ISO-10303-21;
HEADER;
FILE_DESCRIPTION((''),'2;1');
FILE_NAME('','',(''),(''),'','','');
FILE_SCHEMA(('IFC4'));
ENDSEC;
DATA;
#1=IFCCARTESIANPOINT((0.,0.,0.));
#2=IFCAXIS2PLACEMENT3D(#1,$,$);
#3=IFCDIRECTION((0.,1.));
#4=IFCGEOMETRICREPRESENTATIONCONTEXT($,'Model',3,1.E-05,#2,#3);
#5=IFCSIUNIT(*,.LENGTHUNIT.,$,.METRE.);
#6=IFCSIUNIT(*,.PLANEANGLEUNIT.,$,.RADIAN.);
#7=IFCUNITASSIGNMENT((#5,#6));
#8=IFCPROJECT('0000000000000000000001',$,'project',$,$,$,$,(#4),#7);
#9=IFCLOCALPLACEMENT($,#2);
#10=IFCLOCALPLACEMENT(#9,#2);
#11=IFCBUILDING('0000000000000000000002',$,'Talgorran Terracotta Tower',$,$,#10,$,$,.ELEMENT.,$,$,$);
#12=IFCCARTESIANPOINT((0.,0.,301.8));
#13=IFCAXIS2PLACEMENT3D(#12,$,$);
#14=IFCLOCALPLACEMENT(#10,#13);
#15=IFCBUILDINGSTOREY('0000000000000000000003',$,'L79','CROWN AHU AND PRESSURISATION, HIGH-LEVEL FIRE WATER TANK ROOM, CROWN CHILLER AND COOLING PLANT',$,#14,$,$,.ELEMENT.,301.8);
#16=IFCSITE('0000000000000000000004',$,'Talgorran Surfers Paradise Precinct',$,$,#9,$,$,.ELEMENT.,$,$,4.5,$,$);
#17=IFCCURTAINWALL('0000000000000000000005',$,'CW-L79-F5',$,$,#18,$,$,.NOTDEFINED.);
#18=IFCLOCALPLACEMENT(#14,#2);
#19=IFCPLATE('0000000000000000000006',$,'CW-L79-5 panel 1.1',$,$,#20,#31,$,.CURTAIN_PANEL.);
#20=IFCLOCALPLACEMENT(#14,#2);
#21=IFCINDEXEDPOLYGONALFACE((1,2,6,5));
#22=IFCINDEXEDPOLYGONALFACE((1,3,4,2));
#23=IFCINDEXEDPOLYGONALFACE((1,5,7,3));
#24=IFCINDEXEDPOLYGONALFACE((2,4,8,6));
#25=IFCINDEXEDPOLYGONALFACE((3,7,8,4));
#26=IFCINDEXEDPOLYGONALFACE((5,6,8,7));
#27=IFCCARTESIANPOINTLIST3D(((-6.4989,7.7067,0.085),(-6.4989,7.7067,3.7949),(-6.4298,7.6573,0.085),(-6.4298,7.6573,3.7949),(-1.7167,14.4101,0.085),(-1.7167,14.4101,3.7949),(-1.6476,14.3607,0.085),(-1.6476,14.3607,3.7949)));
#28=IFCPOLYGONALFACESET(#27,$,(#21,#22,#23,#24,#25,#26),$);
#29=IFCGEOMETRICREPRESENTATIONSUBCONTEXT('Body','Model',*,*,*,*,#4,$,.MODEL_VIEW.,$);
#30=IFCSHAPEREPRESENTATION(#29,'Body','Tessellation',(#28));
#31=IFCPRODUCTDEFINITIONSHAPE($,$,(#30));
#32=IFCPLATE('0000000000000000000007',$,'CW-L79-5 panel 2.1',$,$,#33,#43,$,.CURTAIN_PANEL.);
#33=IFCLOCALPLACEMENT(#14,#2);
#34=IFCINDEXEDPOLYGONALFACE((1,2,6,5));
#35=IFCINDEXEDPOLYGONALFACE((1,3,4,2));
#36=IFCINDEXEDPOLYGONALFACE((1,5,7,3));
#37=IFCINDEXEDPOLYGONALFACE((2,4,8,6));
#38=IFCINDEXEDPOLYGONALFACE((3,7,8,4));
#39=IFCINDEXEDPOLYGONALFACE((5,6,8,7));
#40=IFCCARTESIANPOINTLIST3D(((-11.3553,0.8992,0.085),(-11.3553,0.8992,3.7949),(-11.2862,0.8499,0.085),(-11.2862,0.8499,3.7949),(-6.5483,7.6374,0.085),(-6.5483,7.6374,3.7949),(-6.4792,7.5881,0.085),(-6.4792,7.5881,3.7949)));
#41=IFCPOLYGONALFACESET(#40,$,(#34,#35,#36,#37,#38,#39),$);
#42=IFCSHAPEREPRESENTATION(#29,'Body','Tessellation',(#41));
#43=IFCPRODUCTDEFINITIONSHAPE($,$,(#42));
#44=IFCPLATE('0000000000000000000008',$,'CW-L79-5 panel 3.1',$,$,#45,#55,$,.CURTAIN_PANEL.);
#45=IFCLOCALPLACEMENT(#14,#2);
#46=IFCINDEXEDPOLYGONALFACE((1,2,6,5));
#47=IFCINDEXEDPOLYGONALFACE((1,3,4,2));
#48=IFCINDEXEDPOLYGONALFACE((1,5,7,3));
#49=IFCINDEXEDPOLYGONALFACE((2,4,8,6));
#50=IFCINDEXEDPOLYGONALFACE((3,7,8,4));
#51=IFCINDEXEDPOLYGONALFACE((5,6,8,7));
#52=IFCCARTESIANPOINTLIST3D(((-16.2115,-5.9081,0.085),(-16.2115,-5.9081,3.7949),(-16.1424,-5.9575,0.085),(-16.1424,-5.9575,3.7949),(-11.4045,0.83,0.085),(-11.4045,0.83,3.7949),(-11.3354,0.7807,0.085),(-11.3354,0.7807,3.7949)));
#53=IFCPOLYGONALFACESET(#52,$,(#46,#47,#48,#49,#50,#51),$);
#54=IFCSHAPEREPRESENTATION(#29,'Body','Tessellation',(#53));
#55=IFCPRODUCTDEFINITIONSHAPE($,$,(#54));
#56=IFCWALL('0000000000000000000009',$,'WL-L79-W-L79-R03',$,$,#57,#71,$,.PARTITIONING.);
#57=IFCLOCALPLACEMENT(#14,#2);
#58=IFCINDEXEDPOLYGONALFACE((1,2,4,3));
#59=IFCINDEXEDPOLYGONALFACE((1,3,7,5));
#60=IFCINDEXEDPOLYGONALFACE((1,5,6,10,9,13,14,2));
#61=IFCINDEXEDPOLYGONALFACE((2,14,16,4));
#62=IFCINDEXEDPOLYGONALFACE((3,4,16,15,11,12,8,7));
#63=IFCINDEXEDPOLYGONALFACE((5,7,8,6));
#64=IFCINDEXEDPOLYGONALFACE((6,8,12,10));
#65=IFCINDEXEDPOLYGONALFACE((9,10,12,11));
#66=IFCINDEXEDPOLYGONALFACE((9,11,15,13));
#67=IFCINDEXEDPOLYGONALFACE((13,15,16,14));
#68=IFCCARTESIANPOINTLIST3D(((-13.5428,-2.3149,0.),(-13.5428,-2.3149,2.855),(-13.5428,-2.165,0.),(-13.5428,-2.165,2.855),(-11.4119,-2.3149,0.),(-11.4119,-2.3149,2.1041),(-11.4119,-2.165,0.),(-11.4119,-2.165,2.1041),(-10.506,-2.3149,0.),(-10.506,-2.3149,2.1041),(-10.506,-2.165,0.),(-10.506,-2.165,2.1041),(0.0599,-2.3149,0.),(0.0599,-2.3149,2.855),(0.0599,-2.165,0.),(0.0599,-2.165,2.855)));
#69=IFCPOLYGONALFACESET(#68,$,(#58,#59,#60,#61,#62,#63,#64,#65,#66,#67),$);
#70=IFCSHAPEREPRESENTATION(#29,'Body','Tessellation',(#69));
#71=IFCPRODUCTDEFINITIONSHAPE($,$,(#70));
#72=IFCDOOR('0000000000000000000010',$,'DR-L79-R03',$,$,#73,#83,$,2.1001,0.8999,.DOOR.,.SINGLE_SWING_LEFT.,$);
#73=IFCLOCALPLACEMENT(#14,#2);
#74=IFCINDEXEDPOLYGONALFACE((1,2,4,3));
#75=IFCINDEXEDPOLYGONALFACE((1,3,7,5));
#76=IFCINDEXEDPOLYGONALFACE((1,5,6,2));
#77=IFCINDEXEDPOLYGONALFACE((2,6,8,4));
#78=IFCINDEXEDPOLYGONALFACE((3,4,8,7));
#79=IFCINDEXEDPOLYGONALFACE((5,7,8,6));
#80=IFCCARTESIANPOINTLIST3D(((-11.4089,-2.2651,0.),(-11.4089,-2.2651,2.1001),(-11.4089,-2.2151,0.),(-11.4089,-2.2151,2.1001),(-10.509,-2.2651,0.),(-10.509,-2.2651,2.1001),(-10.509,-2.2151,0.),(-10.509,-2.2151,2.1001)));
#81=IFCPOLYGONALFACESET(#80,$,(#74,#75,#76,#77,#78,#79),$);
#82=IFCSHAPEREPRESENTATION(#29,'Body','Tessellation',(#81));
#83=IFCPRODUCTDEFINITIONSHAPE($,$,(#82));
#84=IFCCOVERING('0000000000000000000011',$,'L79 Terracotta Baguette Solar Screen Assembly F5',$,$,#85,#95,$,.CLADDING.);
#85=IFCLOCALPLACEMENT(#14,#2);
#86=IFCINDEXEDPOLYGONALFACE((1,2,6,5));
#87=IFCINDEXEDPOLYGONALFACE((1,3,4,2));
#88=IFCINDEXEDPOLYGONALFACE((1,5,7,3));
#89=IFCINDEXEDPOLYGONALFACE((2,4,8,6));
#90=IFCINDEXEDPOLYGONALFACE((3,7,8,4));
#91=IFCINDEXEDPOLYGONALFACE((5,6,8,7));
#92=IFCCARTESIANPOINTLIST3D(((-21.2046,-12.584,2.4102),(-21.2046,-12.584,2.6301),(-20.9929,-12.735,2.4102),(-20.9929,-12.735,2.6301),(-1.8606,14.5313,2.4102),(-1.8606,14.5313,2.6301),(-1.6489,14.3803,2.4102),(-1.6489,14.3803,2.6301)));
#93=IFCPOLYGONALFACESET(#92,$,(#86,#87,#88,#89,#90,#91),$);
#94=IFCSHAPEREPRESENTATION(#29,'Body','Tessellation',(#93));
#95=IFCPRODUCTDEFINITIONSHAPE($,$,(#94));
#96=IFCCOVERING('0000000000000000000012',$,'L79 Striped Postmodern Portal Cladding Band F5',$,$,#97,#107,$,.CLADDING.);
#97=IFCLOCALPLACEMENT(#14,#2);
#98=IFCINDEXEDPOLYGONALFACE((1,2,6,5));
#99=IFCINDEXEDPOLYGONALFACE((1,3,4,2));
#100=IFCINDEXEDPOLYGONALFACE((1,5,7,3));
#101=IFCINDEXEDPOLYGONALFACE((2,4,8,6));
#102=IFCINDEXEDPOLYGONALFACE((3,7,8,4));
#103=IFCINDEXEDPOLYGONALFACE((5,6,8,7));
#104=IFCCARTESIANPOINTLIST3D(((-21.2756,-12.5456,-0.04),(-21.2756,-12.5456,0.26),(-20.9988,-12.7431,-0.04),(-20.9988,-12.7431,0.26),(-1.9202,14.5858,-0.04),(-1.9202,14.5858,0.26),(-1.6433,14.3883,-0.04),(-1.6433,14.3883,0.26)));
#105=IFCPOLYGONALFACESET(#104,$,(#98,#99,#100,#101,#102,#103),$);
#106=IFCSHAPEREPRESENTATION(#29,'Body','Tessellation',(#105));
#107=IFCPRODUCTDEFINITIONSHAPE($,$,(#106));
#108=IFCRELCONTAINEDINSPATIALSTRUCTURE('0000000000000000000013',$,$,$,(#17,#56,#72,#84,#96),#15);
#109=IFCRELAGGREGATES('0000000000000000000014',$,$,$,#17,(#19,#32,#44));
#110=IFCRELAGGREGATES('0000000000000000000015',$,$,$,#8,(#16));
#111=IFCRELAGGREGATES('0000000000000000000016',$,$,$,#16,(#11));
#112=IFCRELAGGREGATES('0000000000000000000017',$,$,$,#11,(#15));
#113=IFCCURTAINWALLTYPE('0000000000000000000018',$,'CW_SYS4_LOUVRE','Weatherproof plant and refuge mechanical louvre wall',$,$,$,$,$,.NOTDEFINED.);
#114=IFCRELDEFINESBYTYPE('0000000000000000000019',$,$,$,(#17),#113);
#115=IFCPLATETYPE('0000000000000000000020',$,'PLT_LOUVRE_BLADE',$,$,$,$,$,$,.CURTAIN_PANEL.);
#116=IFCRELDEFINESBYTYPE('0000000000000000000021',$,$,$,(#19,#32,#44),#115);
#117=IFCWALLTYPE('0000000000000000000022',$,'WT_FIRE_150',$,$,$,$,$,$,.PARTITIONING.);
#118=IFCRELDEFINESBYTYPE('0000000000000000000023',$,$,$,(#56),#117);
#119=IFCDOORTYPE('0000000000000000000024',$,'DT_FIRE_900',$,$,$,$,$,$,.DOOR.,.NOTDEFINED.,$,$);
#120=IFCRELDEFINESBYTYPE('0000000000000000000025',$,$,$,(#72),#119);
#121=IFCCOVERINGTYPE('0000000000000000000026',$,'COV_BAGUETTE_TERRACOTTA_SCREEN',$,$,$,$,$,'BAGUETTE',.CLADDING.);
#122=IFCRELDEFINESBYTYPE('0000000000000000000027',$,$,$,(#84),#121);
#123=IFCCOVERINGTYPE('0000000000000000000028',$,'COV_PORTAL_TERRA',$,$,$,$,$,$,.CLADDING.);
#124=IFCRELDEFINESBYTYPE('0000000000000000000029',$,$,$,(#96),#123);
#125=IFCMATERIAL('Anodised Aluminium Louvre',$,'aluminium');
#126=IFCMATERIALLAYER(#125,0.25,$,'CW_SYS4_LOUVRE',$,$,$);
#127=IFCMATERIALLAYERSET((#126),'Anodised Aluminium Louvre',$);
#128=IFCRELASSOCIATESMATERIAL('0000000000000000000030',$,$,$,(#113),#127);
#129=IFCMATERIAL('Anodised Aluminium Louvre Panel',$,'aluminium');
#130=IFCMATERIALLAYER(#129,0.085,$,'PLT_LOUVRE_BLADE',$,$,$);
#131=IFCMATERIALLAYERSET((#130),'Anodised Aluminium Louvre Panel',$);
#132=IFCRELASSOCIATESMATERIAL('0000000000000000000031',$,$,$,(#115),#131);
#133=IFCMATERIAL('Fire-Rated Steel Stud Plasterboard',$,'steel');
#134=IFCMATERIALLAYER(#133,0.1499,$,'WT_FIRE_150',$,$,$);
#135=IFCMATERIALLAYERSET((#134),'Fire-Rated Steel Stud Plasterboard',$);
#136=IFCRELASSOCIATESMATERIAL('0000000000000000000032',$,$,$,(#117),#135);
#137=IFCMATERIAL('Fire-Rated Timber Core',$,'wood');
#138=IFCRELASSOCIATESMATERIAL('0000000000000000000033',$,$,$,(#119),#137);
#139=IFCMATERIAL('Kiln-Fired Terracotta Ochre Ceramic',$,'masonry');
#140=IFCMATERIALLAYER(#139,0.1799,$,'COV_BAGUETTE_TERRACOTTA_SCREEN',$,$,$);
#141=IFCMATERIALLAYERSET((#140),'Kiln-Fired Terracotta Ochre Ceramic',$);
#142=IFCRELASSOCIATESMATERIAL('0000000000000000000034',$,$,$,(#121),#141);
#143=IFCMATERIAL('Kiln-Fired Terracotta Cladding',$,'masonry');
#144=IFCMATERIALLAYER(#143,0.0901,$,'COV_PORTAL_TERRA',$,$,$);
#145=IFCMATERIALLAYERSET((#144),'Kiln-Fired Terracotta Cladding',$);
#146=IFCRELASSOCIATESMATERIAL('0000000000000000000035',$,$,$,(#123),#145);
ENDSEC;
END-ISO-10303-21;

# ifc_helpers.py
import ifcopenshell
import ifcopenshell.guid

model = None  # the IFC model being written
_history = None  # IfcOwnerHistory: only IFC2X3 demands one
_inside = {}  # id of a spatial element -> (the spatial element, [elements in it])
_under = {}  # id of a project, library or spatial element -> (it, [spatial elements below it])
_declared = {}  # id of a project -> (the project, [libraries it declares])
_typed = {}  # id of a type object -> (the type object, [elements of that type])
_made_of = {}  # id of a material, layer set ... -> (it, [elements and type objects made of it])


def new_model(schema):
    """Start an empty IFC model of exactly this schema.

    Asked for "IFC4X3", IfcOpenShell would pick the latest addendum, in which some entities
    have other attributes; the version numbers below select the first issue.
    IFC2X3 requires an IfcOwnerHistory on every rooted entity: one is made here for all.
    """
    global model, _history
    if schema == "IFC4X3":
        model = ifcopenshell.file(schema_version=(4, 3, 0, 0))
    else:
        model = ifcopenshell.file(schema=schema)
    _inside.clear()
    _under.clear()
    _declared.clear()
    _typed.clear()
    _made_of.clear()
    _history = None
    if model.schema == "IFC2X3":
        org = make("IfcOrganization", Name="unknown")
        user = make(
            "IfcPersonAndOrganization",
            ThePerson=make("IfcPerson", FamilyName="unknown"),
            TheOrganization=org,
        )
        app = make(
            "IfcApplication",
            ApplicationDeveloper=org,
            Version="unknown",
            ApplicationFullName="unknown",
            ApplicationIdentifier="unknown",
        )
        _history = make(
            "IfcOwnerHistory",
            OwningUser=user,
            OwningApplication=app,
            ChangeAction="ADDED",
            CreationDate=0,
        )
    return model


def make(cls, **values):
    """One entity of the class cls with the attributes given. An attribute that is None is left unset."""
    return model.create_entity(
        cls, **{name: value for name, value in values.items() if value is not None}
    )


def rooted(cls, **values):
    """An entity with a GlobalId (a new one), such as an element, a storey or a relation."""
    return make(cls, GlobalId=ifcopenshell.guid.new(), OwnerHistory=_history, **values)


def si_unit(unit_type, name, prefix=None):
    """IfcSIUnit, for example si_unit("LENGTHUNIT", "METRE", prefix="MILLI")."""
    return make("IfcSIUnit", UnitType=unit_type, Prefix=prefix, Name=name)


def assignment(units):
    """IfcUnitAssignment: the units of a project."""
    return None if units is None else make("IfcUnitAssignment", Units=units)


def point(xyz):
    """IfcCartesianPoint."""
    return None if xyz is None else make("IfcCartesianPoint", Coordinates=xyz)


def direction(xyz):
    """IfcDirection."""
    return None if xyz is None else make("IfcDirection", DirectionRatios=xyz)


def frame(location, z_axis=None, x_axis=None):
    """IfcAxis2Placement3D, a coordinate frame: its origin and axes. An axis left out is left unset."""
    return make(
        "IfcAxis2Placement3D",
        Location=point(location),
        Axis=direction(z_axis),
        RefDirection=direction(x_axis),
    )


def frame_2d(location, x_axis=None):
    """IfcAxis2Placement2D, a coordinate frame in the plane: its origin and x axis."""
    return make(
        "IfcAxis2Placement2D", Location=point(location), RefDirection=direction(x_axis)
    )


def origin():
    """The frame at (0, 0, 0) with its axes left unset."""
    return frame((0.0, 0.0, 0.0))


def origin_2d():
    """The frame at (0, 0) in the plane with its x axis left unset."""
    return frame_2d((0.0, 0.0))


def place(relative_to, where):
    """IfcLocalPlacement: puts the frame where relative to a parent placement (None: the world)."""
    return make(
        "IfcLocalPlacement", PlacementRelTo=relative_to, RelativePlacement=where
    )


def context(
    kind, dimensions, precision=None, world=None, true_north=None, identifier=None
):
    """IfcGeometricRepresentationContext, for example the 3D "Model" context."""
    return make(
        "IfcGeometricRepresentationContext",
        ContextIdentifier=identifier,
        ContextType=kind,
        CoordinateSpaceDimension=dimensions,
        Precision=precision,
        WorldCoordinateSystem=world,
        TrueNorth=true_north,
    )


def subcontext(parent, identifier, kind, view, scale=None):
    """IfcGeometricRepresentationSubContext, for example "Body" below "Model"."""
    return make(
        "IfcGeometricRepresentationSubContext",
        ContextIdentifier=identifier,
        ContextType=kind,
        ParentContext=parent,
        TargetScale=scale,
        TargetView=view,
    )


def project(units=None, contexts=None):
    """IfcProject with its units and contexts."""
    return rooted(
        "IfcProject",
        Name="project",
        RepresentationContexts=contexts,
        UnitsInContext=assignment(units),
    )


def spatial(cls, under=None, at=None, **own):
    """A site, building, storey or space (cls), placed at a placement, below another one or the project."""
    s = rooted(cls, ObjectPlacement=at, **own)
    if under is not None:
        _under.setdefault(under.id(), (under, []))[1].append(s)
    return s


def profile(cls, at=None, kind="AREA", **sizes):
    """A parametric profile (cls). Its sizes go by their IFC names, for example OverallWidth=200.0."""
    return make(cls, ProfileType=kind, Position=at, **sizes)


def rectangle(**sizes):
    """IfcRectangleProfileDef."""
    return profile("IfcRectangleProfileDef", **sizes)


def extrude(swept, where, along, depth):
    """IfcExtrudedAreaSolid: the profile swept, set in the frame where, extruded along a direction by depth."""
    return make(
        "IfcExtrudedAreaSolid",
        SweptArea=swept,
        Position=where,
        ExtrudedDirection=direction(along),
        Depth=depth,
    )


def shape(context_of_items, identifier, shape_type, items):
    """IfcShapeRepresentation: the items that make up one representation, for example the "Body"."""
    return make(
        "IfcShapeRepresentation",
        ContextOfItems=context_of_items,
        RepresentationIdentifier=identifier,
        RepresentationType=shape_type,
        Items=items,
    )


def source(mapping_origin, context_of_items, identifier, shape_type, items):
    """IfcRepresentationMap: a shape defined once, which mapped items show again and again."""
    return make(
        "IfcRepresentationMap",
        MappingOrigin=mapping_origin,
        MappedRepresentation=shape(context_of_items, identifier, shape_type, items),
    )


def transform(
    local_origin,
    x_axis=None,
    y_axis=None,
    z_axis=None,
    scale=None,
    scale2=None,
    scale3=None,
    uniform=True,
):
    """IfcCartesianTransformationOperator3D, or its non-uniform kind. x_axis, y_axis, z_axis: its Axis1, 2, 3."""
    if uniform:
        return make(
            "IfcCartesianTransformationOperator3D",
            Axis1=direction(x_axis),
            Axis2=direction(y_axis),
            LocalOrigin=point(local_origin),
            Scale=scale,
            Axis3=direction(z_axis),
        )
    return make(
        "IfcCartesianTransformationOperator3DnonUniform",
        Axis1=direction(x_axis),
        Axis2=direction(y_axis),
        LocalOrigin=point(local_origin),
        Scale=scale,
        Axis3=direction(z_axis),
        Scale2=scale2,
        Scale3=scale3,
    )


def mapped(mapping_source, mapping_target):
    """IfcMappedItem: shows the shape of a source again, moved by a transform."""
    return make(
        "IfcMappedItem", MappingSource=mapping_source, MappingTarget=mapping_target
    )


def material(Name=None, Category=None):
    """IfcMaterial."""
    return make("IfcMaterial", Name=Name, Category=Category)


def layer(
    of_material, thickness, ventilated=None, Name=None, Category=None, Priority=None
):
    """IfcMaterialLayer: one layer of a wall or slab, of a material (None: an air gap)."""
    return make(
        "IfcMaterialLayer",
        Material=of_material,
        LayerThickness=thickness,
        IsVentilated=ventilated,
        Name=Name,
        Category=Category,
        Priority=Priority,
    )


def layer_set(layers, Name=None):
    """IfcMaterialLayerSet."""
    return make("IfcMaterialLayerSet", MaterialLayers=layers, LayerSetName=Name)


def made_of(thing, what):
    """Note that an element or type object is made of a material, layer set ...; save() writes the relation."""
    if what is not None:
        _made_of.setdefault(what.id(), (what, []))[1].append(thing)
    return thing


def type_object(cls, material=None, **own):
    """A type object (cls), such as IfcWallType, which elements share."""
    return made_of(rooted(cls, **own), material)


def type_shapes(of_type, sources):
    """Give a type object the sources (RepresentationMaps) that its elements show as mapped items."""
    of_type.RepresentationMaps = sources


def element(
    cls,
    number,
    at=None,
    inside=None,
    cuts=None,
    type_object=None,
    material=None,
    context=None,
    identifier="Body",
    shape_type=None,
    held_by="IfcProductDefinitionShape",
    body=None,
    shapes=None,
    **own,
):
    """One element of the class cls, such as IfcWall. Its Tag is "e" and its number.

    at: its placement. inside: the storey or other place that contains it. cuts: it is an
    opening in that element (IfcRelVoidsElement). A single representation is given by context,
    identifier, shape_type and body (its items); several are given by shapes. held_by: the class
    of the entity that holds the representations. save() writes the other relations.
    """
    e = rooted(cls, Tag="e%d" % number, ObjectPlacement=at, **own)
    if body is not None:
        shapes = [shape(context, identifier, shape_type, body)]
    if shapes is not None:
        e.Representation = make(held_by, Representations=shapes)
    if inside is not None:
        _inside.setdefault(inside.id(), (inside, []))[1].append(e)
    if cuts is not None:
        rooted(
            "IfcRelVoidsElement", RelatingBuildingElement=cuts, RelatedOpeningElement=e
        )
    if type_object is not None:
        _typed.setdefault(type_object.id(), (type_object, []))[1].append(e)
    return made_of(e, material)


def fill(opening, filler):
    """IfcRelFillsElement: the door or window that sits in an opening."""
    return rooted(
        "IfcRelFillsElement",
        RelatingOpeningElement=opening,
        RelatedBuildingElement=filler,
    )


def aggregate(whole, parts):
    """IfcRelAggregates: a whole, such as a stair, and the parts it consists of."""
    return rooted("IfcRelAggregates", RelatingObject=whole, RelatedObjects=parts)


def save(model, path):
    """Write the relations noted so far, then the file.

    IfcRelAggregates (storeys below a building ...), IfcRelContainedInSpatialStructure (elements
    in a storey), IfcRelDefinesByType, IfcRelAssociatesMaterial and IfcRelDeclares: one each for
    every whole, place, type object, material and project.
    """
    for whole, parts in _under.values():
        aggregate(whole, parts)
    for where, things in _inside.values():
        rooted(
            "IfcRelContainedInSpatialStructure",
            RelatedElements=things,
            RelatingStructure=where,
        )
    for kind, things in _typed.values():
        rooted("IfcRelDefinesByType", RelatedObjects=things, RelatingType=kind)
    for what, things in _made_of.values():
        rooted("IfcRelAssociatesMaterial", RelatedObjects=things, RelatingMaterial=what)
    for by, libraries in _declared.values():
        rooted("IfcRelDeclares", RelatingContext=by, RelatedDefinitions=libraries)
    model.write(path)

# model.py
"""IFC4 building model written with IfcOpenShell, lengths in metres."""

from ifc_helpers import new_model, si_unit, direction, frame, frame_2d, origin, origin_2d, place, context, subcontext, project, spatial, rectangle, extrude, source, transform, mapped, material, layer, layer_set, type_object, type_shapes, element, fill, aggregate, save


model = new_model("IFC4")

# Units and contexts
model_context = context("Model", 3, precision=1e-05, world=origin(), true_north=direction((0.0, 1.0)))
body_context = subcontext(model_context, "Body", "Model", "MODEL_VIEW")
ifc_project = project(units=[si_unit("LENGTHUNIT", "METRE"), si_unit("PLANEANGLEUNIT", "RADIAN")], contexts=[model_context])

# Site, building, storey
site_placement = place(None, origin())
site = spatial("IfcSite", under=ifc_project, at=site_placement, Name="Talgorran Surfers Paradise Precinct", CompositionType="ELEMENT", RefElevation=4.5)
building_placement = place(site_placement, origin())
building = spatial("IfcBuilding", under=site, at=building_placement, Name="Talgorran Terracotta Tower", CompositionType="ELEMENT")
storey_placement = place(building_placement, frame((0.0, 0.0, 301.8)))
storey = spatial("IfcBuildingStorey", under=building, at=storey_placement, Name="L79", Description="CROWN AHU AND PRESSURISATION, HIGH-LEVEL FIRE WATER TANK ROOM, CROWN CHILLER AND COOLING PLANT", CompositionType="ELEMENT", Elevation=301.8)

# Shared definitions
ifc_material_1 = material(Name="Anodised Aluminium Louvre", Category="aluminium")
ifc_layer_1 = layer(ifc_material_1, 0.25, Name="CW_SYS4_LOUVRE")
ifc_layer_set_1 = layer_set([ifc_layer_1], Name="Anodised Aluminium Louvre")
curtain_wall_type = type_object("IfcCurtainWallType", Name="CW_SYS4_LOUVRE", Description="Weatherproof plant and refuge mechanical louvre wall", PredefinedType="NOTDEFINED", material=ifc_layer_set_1)

# Curtain wall
curtain_wall_1_placement = place(storey_placement, origin())
curtain_wall_1 = element("IfcCurtainWall", 1, at=curtain_wall_1_placement, inside=storey, type_object=curtain_wall_type, Name="CW-L79-F5", PredefinedType="NOTDEFINED")

# Plates
ifc_material_2 = material(Name="Anodised Aluminium Louvre Panel", Category="aluminium")
ifc_layer_2 = layer(ifc_material_2, 0.085, Name="PLT_LOUVRE_BLADE")
ifc_layer_set_2 = layer_set([ifc_layer_2], Name="Anodised Aluminium Louvre Panel")
plate_type = type_object("IfcPlateType", Name="PLT_LOUVRE_BLADE", PredefinedType="CURTAIN_PANEL", material=ifc_layer_set_2)
shared_shape_1 = source(origin(), body_context, "Body", "SweptSolid", [
    extrude(rectangle(XDim=8.2344, YDim=0.085, at=origin_2d()), origin(), (0.0, 0.0, 1.0), 3.71),
])
plate_1_placement = place(storey_placement, frame((-4.0732, 11.0337, 0.085), z_axis=(0.0, 0.0, 1.0), x_axis=(-0.580758, -0.814076, 0.0)))
plate_1 = element("IfcPlate", 2, at=plate_1_placement, type_object=plate_type, Name="CW-L79-5 panel 1.1", PredefinedType="CURTAIN_PANEL", context=body_context, shape_type="MappedRepresentation", body=[
    mapped(shared_shape_1, transform((0.0, 0.0, 0.0), scale=1.0)),
])
shared_shape_2 = source(origin(), body_context, "Body", "SweptSolid", [
    extrude(rectangle(XDim=8.2771, YDim=0.085, at=origin_2d()), origin(), (0.0, 0.0, 1.0), 3.71),
])
type_shapes(plate_type, [shared_shape_1, shared_shape_2])
plate_2_placement = place(storey_placement, frame((-8.9172, 4.2437, 0.085), z_axis=(0.0, 0.0, 1.0), x_axis=(-0.580758, -0.814076, 0.0)))
plate_2 = element("IfcPlate", 3, at=plate_2_placement, type_object=plate_type, Name="CW-L79-5 panel 2.1", PredefinedType="CURTAIN_PANEL", context=body_context, shape_type="MappedRepresentation", body=[
    mapped(shared_shape_2, transform((0.0, 0.0, 0.0), scale=1.0)),
])
plate_3_placement = place(storey_placement, frame((-13.7734, -2.5637, 0.085), z_axis=(0.0, 0.0, 1.0), x_axis=(-0.580758, -0.814076, 0.0)))
plate_3 = element("IfcPlate", 4, at=plate_3_placement, type_object=plate_type, Name="CW-L79-5 panel 3.1", PredefinedType="CURTAIN_PANEL", context=body_context, shape_type="MappedRepresentation", body=[
    mapped(shared_shape_2, transform((0.0, 0.0, 0.0), scale=1.0)),
])
aggregate(curtain_wall_1, [plate_1, plate_2, plate_3])

# Wall, opening, door
ifc_material_3 = material(Name="Fire-Rated Steel Stud Plasterboard", Category="steel")
ifc_layer_3 = layer(ifc_material_3, 0.1499, Name="WT_FIRE_150")
ifc_layer_set_3 = layer_set([ifc_layer_3], Name="Fire-Rated Steel Stud Plasterboard")
wall_type = type_object("IfcWallType", Name="WT_FIRE_150", PredefinedType="PARTITIONING", material=ifc_layer_set_3)
wall_placement = place(storey_placement, frame((-13.5427, -2.24, 0.0), z_axis=(0.0, 0.0, 1.0), x_axis=(1.0, 0.0, 0.0)))
wall = element("IfcWall", 5, at=wall_placement, inside=storey, type_object=wall_type, Name="WL-L79-W-L79-R03", PredefinedType="PARTITIONING", context=body_context, shape_type="SweptSolid", body=[
    extrude(rectangle(XDim=13.6028, YDim=0.1499, at=frame_2d((6.8013, 0.0))), origin(), (0.0, 0.0, 1.0), 2.855),
])
opening_placement = place(wall_placement, frame((2.1338, 0.0, 0.0)))
opening = element("IfcOpeningElement", 6, at=opening_placement, cuts=wall, PredefinedType="OPENING", context=body_context, shape_type="SweptSolid", body=[
    extrude(rectangle(XDim=0.9059, YDim=2.1041, at=frame_2d((0.45, 1.052))), frame((0.0, 0.085, 0.0), z_axis=(0.0, -1.0, 0.0), x_axis=(1.0, 0.0, 0.0)), (0.0, 0.0, 1.0), 0.1699),
])
ifc_material_4 = material(Name="Fire-Rated Timber Core", Category="wood")
door_type = type_object("IfcDoorType", Name="DT_FIRE_900", OperationType="NOTDEFINED", PredefinedType="DOOR", material=ifc_material_4)
door_placement = place(opening_placement, origin())
door = element("IfcDoor", 7, at=door_placement, inside=storey, type_object=door_type, Name="DR-L79-R03", OperationType="SINGLE_SWING_LEFT", OverallHeight=2.1001, OverallWidth=0.8999, PredefinedType="DOOR", context=body_context, shape_type="SweptSolid", body=[
    extrude(rectangle(XDim=0.8999, YDim=2.1001, at=frame_2d((0.45, 1.05))), frame((0.0, 0.0249, 0.0), z_axis=(0.0, -1.0, 0.0), x_axis=(1.0, 0.0, 0.0)), (0.0, 0.0, 1.0), 0.05),
])
fill(opening, door)

# Coverings
ifc_material_5 = material(Name="Kiln-Fired Terracotta Ochre Ceramic", Category="masonry")
ifc_layer_4 = layer(ifc_material_5, 0.1799, Name="COV_BAGUETTE_TERRACOTTA_SCREEN")
ifc_layer_set_4 = layer_set([ifc_layer_4], Name="Kiln-Fired Terracotta Ochre Ceramic")
covering_type_1 = type_object("IfcCoveringType", Name="COV_BAGUETTE_TERRACOTTA_SCREEN", ElementType="BAGUETTE", PredefinedType="CLADDING", material=ifc_layer_set_4)
covering_1_placement = place(storey_placement, frame((-11.4268, 0.8982, 2.4102), z_axis=(0.0, 0.0, 1.0), x_axis=(-0.58076, -0.814075, 0.0)))
element("IfcCovering", 8, at=covering_1_placement, inside=storey, type_object=covering_type_1, Name="L79 Terracotta Baguette Solar Screen Assembly F5", PredefinedType="CLADDING", context=body_context, shape_type="SweptSolid", body=[
    extrude(rectangle(XDim=33.3081, YDim=0.26, at=origin_2d()), origin(), (0.0, 0.0, 1.0), 0.22),
])
ifc_material_6 = material(Name="Kiln-Fired Terracotta Cladding", Category="masonry")
ifc_layer_5 = layer(ifc_material_6, 0.0901, Name="COV_PORTAL_TERRA")
ifc_layer_set_5 = layer_set([ifc_layer_5], Name="Kiln-Fired Terracotta Cladding")
covering_type_2 = type_object("IfcCoveringType", Name="COV_PORTAL_TERRA", PredefinedType="CLADDING", material=ifc_layer_set_5)
covering_2_placement = place(storey_placement, frame((-11.4595, 0.9214, -0.04), z_axis=(0.0, 0.0, 1.0), x_axis=(-0.58076, -0.814075, 0.0)))
element("IfcCovering", 9, at=covering_2_placement, inside=storey, type_object=covering_type_2, Name="L79 Striped Postmodern Portal Cladding Band F5", PredefinedType="CLADDING", context=body_context, shape_type="SweptSolid", body=[
    extrude(rectangle(XDim=33.3279, YDim=0.3401, at=origin_2d()), origin(), (0.0, 0.0, 1.0), 0.3),
])

save(model, "model.ifc")
